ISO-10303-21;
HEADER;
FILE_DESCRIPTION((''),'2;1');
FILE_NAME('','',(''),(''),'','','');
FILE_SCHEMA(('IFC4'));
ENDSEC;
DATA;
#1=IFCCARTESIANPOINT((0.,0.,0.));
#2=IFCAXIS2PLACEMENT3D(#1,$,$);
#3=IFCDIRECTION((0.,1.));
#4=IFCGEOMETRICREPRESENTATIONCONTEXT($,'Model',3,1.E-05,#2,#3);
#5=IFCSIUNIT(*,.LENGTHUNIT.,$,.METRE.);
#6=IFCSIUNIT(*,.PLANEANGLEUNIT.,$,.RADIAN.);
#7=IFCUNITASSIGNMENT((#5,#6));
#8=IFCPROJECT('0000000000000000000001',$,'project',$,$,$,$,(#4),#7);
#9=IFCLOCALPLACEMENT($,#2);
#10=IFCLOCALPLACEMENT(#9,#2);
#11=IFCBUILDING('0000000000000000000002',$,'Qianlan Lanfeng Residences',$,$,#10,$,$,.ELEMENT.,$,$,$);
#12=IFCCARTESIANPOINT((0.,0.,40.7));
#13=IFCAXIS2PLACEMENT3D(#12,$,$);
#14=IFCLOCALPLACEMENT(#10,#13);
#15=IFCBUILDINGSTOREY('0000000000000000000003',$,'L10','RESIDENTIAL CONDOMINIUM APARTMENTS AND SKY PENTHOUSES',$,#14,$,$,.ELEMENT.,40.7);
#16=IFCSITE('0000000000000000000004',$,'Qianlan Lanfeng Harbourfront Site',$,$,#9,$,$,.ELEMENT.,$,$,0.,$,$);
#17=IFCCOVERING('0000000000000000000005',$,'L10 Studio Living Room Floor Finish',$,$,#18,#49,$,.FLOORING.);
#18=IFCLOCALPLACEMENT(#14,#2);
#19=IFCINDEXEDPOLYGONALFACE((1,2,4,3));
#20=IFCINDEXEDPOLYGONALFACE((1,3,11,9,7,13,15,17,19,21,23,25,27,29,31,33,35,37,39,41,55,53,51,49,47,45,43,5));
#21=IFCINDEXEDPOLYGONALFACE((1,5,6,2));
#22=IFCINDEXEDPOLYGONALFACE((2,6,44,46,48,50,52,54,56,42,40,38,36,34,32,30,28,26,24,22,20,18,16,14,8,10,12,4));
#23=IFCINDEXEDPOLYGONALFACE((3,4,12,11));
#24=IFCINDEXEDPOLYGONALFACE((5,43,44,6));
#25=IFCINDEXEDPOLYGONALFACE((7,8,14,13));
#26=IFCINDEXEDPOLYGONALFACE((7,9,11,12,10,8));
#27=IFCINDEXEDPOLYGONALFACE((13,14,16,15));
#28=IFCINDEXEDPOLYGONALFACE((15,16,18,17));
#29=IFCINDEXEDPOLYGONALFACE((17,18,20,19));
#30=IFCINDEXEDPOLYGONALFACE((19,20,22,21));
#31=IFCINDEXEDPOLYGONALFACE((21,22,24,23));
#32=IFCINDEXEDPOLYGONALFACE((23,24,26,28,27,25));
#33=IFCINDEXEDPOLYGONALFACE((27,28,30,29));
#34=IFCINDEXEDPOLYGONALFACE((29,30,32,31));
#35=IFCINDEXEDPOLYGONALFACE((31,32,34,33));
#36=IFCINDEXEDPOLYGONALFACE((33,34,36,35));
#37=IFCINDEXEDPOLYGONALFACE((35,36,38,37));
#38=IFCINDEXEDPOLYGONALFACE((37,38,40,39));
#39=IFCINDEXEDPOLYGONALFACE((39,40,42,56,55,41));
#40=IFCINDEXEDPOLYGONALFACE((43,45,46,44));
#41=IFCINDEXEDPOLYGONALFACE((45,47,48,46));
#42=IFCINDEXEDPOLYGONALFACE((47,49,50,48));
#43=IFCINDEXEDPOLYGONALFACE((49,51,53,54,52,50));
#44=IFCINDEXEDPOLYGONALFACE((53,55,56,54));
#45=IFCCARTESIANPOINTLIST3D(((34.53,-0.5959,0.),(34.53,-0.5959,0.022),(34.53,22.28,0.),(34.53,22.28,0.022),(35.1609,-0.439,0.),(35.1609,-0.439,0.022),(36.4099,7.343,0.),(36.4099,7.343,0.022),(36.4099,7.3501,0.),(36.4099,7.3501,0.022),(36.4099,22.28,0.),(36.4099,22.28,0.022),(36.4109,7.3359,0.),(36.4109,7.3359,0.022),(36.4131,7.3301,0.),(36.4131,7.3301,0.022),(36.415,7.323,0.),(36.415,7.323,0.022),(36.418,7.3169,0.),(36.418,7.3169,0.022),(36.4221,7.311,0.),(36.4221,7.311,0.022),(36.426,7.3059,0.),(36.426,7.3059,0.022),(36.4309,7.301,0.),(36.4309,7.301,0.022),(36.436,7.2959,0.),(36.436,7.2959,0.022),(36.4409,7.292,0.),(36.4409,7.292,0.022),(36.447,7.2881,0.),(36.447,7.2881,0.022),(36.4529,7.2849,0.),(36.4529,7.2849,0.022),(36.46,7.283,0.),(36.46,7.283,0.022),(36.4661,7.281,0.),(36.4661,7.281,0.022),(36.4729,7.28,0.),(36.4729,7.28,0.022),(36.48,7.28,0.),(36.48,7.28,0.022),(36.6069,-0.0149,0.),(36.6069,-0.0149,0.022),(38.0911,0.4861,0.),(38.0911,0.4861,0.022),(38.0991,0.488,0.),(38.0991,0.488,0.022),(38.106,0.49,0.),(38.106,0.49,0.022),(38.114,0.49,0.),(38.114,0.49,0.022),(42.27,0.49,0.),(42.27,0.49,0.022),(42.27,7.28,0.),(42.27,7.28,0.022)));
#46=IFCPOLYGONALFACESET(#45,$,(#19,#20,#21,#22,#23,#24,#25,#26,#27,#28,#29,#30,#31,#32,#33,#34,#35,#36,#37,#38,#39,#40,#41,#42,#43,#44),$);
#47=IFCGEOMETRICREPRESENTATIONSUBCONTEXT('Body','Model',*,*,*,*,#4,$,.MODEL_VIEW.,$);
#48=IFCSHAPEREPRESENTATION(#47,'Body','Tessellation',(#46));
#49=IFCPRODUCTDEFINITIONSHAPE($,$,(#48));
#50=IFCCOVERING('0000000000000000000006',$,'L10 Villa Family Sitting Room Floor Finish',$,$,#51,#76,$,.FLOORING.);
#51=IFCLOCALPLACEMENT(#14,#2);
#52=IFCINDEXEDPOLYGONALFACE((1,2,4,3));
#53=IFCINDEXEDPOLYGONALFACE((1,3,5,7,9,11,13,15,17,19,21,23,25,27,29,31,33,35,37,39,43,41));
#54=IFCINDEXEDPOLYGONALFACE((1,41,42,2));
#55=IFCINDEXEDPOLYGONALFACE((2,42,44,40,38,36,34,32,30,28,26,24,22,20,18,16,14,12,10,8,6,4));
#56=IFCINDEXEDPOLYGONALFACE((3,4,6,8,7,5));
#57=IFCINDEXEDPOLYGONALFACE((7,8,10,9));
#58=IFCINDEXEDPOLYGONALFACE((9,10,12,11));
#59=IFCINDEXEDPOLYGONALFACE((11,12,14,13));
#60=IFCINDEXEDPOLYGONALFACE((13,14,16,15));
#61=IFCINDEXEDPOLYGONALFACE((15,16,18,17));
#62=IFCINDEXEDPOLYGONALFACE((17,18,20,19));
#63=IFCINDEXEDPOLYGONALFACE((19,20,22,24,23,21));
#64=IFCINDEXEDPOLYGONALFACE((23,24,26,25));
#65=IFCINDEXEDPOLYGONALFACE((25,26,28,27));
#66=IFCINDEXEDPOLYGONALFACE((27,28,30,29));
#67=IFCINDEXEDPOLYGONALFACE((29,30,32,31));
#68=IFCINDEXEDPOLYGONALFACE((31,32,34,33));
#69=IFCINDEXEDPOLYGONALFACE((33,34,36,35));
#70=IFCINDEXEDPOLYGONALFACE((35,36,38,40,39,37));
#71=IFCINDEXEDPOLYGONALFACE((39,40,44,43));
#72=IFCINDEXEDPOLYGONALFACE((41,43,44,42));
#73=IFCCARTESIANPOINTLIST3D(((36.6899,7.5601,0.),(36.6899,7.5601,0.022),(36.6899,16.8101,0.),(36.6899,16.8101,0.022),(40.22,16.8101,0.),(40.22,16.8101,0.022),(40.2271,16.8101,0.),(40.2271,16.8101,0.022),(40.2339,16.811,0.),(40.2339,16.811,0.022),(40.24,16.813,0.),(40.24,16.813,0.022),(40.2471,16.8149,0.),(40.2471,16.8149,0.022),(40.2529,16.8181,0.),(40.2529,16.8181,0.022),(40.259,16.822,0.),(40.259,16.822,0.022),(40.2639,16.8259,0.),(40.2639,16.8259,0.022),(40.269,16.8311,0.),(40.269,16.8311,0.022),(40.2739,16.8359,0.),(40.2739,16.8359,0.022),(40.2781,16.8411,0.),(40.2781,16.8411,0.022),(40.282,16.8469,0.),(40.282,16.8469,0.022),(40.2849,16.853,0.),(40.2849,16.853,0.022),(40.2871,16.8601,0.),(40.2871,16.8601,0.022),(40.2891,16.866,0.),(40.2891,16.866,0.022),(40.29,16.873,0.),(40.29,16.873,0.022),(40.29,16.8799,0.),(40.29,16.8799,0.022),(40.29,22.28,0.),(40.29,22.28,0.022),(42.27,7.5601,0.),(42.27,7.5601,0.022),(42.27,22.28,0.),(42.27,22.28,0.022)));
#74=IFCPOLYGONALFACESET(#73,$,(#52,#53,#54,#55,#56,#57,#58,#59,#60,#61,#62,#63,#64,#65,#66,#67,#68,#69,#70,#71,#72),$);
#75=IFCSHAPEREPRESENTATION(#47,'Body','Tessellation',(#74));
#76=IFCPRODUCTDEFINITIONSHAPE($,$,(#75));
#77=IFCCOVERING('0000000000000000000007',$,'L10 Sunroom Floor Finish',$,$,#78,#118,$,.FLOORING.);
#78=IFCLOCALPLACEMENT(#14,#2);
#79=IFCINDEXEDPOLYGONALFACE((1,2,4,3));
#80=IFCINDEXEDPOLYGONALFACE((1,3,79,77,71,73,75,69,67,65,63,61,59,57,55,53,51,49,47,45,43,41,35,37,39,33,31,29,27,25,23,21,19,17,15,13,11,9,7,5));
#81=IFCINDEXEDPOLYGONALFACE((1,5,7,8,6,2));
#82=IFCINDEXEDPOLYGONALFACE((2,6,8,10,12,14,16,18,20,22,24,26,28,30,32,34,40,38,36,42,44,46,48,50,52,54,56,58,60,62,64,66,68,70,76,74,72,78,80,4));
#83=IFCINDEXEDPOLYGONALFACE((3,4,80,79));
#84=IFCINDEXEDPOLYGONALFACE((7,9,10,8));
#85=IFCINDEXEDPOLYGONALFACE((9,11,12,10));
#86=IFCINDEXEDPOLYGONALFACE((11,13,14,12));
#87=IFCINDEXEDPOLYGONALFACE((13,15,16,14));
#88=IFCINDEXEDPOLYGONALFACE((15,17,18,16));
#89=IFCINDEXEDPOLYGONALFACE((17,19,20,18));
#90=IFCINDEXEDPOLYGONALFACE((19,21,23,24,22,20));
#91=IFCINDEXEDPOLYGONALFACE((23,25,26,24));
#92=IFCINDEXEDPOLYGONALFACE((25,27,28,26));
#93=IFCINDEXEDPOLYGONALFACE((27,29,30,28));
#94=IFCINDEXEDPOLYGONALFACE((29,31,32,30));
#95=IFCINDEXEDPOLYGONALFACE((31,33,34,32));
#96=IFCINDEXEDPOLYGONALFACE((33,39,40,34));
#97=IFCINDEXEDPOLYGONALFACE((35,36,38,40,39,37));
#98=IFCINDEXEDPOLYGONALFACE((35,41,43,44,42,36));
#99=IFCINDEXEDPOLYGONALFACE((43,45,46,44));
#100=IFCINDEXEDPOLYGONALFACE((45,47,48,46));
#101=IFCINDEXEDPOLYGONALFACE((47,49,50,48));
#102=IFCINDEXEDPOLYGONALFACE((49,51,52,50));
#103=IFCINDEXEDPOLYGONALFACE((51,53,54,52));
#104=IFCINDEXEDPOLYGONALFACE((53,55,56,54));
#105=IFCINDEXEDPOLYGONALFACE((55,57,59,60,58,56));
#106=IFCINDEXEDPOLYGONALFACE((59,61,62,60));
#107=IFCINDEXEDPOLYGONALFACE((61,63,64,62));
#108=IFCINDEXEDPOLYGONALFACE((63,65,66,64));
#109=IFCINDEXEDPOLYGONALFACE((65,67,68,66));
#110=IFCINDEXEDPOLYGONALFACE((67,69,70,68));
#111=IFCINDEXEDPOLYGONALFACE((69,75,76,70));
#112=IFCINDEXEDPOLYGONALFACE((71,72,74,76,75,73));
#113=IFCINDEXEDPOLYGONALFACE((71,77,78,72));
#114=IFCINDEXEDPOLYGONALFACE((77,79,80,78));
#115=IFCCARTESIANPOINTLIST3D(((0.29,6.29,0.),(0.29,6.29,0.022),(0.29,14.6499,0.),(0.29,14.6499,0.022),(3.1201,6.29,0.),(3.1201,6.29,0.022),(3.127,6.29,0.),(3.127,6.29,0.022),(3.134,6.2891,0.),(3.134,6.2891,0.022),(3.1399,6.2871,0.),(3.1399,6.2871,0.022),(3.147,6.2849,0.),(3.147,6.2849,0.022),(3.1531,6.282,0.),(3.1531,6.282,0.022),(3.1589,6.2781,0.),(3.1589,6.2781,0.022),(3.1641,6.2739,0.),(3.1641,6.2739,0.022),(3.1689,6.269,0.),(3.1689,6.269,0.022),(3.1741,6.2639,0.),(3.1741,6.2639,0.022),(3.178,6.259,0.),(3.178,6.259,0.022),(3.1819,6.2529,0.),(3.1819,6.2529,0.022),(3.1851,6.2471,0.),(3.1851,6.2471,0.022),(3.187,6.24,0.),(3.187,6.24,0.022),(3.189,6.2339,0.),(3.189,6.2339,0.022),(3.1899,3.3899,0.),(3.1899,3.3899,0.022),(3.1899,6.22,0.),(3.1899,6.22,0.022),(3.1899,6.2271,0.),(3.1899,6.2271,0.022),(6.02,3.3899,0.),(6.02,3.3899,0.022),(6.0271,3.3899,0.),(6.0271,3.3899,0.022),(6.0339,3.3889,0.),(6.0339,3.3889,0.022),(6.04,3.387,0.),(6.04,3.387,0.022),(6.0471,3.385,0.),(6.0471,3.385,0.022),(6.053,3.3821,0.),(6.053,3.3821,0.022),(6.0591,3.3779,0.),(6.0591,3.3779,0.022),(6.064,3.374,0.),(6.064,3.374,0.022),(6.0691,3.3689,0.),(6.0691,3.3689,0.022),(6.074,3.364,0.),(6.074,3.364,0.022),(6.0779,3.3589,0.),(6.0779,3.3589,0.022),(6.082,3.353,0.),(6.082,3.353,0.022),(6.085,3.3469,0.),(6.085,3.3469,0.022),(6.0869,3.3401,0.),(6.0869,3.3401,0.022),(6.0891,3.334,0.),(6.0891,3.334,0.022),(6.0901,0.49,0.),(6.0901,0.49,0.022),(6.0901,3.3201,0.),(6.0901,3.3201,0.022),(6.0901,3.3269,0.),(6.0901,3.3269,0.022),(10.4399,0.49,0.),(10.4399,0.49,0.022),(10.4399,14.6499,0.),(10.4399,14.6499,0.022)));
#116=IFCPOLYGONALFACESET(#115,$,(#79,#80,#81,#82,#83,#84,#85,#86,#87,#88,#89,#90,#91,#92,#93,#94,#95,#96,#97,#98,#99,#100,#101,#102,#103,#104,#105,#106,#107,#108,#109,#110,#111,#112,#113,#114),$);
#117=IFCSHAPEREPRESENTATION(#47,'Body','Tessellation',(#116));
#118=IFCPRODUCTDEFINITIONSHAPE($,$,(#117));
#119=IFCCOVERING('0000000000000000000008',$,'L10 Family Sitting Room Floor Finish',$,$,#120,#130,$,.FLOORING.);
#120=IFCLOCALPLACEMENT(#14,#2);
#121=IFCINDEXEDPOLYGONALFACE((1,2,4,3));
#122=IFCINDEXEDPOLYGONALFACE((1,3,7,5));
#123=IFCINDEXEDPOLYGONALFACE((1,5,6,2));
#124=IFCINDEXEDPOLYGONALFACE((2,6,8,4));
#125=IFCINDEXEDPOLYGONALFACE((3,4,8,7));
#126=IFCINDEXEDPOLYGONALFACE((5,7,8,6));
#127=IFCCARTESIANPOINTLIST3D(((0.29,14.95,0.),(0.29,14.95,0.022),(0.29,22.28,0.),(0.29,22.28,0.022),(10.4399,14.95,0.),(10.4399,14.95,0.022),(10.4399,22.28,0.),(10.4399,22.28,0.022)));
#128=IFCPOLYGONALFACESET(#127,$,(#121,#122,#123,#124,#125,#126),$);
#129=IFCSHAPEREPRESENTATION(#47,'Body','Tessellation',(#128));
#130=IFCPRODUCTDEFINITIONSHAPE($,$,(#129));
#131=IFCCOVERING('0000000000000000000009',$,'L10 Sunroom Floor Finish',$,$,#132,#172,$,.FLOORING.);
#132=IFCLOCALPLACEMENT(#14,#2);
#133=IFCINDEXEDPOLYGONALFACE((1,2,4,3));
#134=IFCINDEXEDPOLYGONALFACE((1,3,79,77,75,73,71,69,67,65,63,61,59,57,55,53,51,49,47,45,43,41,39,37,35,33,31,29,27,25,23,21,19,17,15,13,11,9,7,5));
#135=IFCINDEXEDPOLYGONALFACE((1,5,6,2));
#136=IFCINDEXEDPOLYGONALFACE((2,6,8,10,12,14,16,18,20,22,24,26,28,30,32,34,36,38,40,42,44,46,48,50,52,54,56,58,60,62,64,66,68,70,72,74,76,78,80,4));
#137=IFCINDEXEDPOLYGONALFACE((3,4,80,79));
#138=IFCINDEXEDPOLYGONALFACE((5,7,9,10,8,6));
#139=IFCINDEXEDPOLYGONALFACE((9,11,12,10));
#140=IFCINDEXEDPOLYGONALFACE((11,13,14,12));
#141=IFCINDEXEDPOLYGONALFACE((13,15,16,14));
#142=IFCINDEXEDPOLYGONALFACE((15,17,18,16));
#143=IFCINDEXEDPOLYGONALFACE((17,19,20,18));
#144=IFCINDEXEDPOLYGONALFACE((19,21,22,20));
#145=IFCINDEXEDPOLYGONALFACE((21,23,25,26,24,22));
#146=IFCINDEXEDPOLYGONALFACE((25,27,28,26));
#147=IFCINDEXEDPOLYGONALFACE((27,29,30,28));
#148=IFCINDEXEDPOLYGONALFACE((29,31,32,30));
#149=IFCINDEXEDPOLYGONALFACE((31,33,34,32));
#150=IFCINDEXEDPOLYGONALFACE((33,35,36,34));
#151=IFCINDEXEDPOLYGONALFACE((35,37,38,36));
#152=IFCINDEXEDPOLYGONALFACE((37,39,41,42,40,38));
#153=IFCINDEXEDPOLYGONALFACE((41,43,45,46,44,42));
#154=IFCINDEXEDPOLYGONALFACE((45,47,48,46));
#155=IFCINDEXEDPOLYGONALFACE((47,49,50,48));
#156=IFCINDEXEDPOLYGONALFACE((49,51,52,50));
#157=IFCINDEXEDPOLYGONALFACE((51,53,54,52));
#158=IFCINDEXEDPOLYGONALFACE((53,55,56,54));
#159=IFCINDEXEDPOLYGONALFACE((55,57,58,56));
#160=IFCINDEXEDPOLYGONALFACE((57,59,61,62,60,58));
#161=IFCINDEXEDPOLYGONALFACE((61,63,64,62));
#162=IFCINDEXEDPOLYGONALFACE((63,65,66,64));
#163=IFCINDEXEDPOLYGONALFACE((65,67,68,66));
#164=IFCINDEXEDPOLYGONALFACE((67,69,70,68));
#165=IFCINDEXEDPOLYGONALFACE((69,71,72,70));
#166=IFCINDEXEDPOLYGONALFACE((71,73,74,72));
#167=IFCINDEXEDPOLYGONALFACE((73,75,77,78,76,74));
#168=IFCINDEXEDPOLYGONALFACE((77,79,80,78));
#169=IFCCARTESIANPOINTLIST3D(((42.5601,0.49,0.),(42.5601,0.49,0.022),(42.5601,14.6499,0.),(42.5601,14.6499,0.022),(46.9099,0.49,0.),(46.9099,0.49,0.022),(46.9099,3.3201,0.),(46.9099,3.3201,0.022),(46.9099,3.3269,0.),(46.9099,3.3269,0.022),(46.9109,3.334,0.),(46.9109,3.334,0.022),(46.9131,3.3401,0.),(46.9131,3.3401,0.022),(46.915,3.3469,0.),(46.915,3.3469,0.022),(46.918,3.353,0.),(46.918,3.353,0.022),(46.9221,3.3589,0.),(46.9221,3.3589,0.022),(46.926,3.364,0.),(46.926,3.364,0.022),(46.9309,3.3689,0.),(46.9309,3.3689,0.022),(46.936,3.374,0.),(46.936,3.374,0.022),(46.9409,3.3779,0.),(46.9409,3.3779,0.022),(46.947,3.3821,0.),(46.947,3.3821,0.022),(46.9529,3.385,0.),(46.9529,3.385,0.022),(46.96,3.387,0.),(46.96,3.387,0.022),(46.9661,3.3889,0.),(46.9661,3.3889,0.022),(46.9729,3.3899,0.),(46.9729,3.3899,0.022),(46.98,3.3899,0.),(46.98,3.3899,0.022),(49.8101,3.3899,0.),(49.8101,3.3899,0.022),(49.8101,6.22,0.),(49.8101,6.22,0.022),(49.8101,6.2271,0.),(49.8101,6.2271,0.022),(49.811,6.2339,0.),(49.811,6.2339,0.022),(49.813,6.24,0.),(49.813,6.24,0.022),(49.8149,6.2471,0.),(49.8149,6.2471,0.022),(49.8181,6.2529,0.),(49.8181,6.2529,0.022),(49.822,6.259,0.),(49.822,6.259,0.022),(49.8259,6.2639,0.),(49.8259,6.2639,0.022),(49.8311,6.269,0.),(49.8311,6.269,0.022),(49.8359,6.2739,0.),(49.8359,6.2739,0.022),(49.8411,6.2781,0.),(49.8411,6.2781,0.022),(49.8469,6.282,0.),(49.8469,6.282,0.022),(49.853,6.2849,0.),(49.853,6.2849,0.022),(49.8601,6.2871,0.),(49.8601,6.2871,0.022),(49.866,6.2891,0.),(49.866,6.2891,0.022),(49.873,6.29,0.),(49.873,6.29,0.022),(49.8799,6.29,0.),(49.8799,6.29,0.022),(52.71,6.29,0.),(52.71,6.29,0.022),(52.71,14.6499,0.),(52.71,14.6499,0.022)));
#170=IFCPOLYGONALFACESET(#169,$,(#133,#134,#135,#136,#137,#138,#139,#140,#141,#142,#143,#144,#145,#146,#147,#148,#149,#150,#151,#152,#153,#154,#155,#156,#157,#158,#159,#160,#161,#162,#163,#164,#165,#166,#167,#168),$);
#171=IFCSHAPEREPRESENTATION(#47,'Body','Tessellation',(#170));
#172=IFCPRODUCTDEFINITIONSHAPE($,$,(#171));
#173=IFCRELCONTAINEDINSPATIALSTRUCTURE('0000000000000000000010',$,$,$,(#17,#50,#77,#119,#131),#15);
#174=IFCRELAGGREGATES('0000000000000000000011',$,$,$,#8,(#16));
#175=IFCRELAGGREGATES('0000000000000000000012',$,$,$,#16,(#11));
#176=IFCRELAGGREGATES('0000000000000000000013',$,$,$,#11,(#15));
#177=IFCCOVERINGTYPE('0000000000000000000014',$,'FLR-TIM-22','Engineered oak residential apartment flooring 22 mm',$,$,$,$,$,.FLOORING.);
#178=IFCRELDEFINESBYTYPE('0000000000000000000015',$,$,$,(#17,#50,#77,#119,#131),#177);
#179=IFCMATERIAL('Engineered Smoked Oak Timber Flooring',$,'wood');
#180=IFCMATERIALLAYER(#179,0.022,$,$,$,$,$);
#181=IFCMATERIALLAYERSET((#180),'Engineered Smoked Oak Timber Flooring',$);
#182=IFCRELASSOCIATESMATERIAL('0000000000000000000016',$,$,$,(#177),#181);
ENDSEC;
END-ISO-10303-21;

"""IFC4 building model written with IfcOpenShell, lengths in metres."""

from ifc_helpers import new_model, si_unit, direction, frame, origin, place, context, subcontext, project, spatial, polyline, outline, extrude, material, layer, layer_set, type_object, element, save


model = new_model("IFC4")

# Units and contexts
model_context = context("Model", 3, precision=1e-05, world=origin(), true_north=direction((0.0, 1.0)))
body_context = subcontext(model_context, "Body", "Model", "MODEL_VIEW")
ifc_project = project(units=[si_unit("LENGTHUNIT", "METRE"), si_unit("PLANEANGLEUNIT", "RADIAN")], contexts=[model_context])

# Site, building, storey
site_placement = place(None, origin())
site = spatial("IfcSite", under=ifc_project, at=site_placement, Name="Qianlan Lanfeng Harbourfront Site", CompositionType="ELEMENT", RefElevation=0.0)
building_placement = place(site_placement, origin())
building = spatial("IfcBuilding", under=site, at=building_placement, Name="Qianlan Lanfeng Residences", CompositionType="ELEMENT")
storey_placement = place(building_placement, frame((0.0, 0.0, 40.7)))
storey = spatial("IfcBuildingStorey", under=building, at=storey_placement, Name="L10", Description="RESIDENTIAL CONDOMINIUM APARTMENTS AND SKY PENTHOUSES", CompositionType="ELEMENT", Elevation=40.7)

# Coverings
ifc_material_1 = material(Name="Engineered Smoked Oak Timber Flooring", Category="wood")
ifc_layer_1 = layer(ifc_material_1, 0.022)
ifc_layer_set_1 = layer_set([ifc_layer_1], Name="Engineered Smoked Oak Timber Flooring")
covering_type_1 = type_object("IfcCoveringType", Name="FLR-TIM-22", Description="Engineered oak residential apartment flooring 22 mm", PredefinedType="FLOORING", material=ifc_layer_set_1)
covering_1_placement = place(storey_placement, origin())
element("IfcCovering", 1, at=covering_1_placement, inside=storey, type_object=covering_type_1, Name="L10 Studio Living Room Floor Finish", PredefinedType="FLOORING", context=body_context, shape_type="SweptSolid", body=[
    extrude(outline(polyline([(42.27, 0.49), (42.27, 7.28), (36.48, 7.28), (36.4729, 7.28), (36.4661, 7.281), (36.46, 7.283), (36.4529, 7.2849), (36.447, 7.2881), (36.4409, 7.292), (36.436, 7.2959), (36.4309, 7.301), (36.426, 7.3059), (36.4221, 7.311), (36.418, 7.3169), (36.415, 7.323), (36.4131, 7.3301), (36.4109, 7.3359), (36.4099, 7.343), (36.4099, 7.3501), (36.4099, 22.28), (34.53, 22.28), (34.53, -0.5959), (35.1609, -0.439), (36.6069, -0.0149), (38.0911, 0.4861), (38.0991, 0.488), (38.106, 0.49), (38.114, 0.49), (42.27, 0.49)])), origin(), (0.0, 0.0, 1.0), 0.022),
])
covering_2_placement = place(storey_placement, origin())
element("IfcCovering", 2, at=covering_2_placement, inside=storey, type_object=covering_type_1, Name="L10 Villa Family Sitting Room Floor Finish", PredefinedType="FLOORING", context=body_context, shape_type="SweptSolid", body=[
    extrude(outline(polyline([(36.6899, 7.5601), (42.27, 7.5601), (42.27, 22.28), (40.29, 22.28), (40.29, 16.8799), (40.29, 16.873), (40.2891, 16.866), (40.2871, 16.8601), (40.2849, 16.853), (40.282, 16.8469), (40.2781, 16.8411), (40.2739, 16.8359), (40.269, 16.8311), (40.2639, 16.8259), (40.259, 16.822), (40.2529, 16.8181), (40.2471, 16.8149), (40.24, 16.813), (40.2339, 16.811), (40.2271, 16.8101), (40.22, 16.8101), (36.6899, 16.8101), (36.6899, 7.5601)])), origin(), (0.0, 0.0, 1.0), 0.022),
])
covering_3_placement = place(storey_placement, origin())
element("IfcCovering", 3, at=covering_3_placement, inside=storey, type_object=covering_type_1, Name="L10 Sunroom Floor Finish", PredefinedType="FLOORING", context=body_context, shape_type="SweptSolid", body=[
    extrude(outline(polyline([(10.4399, 14.6499), (0.29, 14.6499), (0.29, 6.29), (3.1201, 6.29), (3.127, 6.29), (3.134, 6.2891), (3.1399, 6.2871), (3.147, 6.2849), (3.1531, 6.282), (3.1589, 6.2781), (3.1641, 6.2739), (3.1689, 6.269), (3.1741, 6.2639), (3.178, 6.259), (3.1819, 6.2529), (3.1851, 6.2471), (3.187, 6.24), (3.189, 6.2339), (3.1899, 6.2271), (3.1899, 6.22), (3.1899, 3.3899), (6.02, 3.3899), (6.0271, 3.3899), (6.0339, 3.3889), (6.04, 3.387), (6.0471, 3.385), (6.053, 3.3821), (6.0591, 3.3779), (6.064, 3.374), (6.0691, 3.3689), (6.074, 3.364), (6.0779, 3.3589), (6.082, 3.353), (6.085, 3.3469), (6.0869, 3.3401), (6.0891, 3.334), (6.0901, 3.3269), (6.0901, 3.3201), (6.0901, 0.49), (10.4399, 0.49), (10.4399, 14.6499)])), origin(), (0.0, 0.0, 1.0), 0.022),
])
covering_4_placement = place(storey_placement, origin())
element("IfcCovering", 4, at=covering_4_placement, inside=storey, type_object=covering_type_1, Name="L10 Family Sitting Room Floor Finish", PredefinedType="FLOORING", context=body_context, shape_type="SweptSolid", body=[
    extrude(outline(polyline([(10.4399, 22.28), (0.29, 22.28), (0.29, 14.95), (10.4399, 14.95), (10.4399, 22.28)])), origin(), (0.0, 0.0, 1.0), 0.022),
])
covering_5_placement = place(storey_placement, origin())
element("IfcCovering", 5, at=covering_5_placement, inside=storey, type_object=covering_type_1, Name="L10 Sunroom Floor Finish", PredefinedType="FLOORING", context=body_context, shape_type="SweptSolid", body=[
    extrude(outline(polyline([(52.71, 14.6499), (42.5601, 14.6499), (42.5601, 0.49), (46.9099, 0.49), (46.9099, 3.3201), (46.9099, 3.3269), (46.9109, 3.334), (46.9131, 3.3401), (46.915, 3.3469), (46.918, 3.353), (46.9221, 3.3589), (46.926, 3.364), (46.9309, 3.3689), (46.936, 3.374), (46.9409, 3.3779), (46.947, 3.3821), (46.9529, 3.385), (46.96, 3.387), (46.9661, 3.3889), (46.9729, 3.3899), (46.98, 3.3899), (49.8101, 3.3899), (49.8101, 6.22), (49.8101, 6.2271), (49.811, 6.2339), (49.813, 6.24), (49.8149, 6.2471), (49.8181, 6.2529), (49.822, 6.259), (49.8259, 6.2639), (49.8311, 6.269), (49.8359, 6.2739), (49.8411, 6.2781), (49.8469, 6.282), (49.853, 6.2849), (49.8601, 6.2871), (49.866, 6.2891), (49.873, 6.29), (49.8799, 6.29), (52.71, 6.29), (52.71, 14.6499)])), origin(), (0.0, 0.0, 1.0), 0.022),
])

save(model, "model.ifc")
